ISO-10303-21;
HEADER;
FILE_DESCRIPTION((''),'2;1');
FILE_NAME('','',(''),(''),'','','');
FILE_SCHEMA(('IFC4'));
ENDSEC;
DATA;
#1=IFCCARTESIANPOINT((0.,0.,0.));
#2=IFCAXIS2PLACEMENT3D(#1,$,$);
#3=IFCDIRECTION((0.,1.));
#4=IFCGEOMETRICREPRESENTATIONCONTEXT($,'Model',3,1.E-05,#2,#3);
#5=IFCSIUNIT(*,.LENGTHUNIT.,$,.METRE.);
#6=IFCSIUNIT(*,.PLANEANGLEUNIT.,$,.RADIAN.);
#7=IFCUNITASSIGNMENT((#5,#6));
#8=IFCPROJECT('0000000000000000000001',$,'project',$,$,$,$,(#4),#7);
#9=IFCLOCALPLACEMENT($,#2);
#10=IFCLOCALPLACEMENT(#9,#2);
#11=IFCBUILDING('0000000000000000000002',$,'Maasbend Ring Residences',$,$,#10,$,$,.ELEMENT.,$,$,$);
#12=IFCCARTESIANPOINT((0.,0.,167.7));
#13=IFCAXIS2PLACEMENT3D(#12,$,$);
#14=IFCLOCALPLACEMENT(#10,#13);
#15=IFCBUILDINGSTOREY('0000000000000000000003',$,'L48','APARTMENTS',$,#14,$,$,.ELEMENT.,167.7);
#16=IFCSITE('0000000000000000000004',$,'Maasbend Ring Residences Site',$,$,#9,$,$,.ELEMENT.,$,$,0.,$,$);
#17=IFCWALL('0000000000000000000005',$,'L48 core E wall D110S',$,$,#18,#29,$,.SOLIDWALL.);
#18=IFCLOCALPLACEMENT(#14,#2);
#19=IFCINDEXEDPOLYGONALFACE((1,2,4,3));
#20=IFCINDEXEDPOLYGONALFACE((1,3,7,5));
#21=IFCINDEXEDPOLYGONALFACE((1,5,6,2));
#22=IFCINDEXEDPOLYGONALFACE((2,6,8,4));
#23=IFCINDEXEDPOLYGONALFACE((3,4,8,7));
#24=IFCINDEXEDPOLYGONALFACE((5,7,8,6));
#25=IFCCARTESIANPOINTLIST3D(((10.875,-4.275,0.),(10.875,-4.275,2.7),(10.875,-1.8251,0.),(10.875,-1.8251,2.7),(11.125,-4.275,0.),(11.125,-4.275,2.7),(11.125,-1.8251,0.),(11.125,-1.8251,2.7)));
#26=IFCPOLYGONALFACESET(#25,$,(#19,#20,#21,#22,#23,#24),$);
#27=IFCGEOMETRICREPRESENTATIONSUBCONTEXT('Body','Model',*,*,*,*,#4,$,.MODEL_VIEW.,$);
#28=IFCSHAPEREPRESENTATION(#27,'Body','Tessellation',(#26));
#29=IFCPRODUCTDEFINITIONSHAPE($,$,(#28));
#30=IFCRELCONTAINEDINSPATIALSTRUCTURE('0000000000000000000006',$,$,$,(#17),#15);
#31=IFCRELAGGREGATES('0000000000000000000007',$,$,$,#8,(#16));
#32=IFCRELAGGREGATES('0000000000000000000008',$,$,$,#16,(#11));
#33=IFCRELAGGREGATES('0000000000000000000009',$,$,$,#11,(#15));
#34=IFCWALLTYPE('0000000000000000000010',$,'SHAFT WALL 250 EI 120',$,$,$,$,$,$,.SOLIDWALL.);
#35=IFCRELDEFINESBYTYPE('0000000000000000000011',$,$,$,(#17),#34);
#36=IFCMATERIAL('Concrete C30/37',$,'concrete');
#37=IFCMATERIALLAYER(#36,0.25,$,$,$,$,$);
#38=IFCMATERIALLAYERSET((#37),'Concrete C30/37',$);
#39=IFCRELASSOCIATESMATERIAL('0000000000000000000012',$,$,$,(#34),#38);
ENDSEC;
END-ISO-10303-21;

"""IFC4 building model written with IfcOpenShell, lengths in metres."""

from ifc_helpers import new_model, si_unit, direction, frame, frame_2d, origin, place, context, subcontext, project, spatial, rectangle, extrude, material, layer, layer_set, type_object, element, save


model = new_model("IFC4")

# Units and contexts
model_context = context("Model", 3, precision=1e-05, world=origin(), true_north=direction((0.0, 1.0)))
body_context = subcontext(model_context, "Body", "Model", "MODEL_VIEW")
ifc_project = project(units=[si_unit("LENGTHUNIT", "METRE"), si_unit("PLANEANGLEUNIT", "RADIAN")], contexts=[model_context])

# Site, building, storey
site_placement = place(None, origin())
site = spatial("IfcSite", under=ifc_project, at=site_placement, Name="Maasbend Ring Residences Site", CompositionType="ELEMENT", RefElevation=0.0)
building_placement = place(site_placement, origin())
building = spatial("IfcBuilding", under=site, at=building_placement, Name="Maasbend Ring Residences", CompositionType="ELEMENT")
storey_placement = place(building_placement, frame((0.0, 0.0, 167.7)))
storey = spatial("IfcBuildingStorey", under=building, at=storey_placement, Name="L48", Description="APARTMENTS", CompositionType="ELEMENT", Elevation=167.7)

# Wall
ifc_material_1 = material(Name="Concrete C30/37", Category="concrete")
ifc_layer_1 = layer(ifc_material_1, 0.25)
ifc_layer_set_1 = layer_set([ifc_layer_1], Name="Concrete C30/37")
wall_type_1 = type_object("IfcWallType", Name="SHAFT WALL 250 EI 120", PredefinedType="SOLIDWALL", material=ifc_layer_set_1)
wall_1_placement = place(storey_placement, frame((11.0, -1.825, 0.0), z_axis=(0.0, 0.0, 1.0), x_axis=(0.0, -1.0, 0.0)))
element("IfcWall", 1, at=wall_1_placement, inside=storey, type_object=wall_type_1, Name="L48 core E wall D110S", PredefinedType="SOLIDWALL", context=body_context, shape_type="SweptSolid", body=[
    extrude(rectangle(XDim=2.45, YDim=0.25, at=frame_2d((1.2251, 0.0))), origin(), (0.0, 0.0, 1.0), 2.7),
])

save(model, "model.ifc")
